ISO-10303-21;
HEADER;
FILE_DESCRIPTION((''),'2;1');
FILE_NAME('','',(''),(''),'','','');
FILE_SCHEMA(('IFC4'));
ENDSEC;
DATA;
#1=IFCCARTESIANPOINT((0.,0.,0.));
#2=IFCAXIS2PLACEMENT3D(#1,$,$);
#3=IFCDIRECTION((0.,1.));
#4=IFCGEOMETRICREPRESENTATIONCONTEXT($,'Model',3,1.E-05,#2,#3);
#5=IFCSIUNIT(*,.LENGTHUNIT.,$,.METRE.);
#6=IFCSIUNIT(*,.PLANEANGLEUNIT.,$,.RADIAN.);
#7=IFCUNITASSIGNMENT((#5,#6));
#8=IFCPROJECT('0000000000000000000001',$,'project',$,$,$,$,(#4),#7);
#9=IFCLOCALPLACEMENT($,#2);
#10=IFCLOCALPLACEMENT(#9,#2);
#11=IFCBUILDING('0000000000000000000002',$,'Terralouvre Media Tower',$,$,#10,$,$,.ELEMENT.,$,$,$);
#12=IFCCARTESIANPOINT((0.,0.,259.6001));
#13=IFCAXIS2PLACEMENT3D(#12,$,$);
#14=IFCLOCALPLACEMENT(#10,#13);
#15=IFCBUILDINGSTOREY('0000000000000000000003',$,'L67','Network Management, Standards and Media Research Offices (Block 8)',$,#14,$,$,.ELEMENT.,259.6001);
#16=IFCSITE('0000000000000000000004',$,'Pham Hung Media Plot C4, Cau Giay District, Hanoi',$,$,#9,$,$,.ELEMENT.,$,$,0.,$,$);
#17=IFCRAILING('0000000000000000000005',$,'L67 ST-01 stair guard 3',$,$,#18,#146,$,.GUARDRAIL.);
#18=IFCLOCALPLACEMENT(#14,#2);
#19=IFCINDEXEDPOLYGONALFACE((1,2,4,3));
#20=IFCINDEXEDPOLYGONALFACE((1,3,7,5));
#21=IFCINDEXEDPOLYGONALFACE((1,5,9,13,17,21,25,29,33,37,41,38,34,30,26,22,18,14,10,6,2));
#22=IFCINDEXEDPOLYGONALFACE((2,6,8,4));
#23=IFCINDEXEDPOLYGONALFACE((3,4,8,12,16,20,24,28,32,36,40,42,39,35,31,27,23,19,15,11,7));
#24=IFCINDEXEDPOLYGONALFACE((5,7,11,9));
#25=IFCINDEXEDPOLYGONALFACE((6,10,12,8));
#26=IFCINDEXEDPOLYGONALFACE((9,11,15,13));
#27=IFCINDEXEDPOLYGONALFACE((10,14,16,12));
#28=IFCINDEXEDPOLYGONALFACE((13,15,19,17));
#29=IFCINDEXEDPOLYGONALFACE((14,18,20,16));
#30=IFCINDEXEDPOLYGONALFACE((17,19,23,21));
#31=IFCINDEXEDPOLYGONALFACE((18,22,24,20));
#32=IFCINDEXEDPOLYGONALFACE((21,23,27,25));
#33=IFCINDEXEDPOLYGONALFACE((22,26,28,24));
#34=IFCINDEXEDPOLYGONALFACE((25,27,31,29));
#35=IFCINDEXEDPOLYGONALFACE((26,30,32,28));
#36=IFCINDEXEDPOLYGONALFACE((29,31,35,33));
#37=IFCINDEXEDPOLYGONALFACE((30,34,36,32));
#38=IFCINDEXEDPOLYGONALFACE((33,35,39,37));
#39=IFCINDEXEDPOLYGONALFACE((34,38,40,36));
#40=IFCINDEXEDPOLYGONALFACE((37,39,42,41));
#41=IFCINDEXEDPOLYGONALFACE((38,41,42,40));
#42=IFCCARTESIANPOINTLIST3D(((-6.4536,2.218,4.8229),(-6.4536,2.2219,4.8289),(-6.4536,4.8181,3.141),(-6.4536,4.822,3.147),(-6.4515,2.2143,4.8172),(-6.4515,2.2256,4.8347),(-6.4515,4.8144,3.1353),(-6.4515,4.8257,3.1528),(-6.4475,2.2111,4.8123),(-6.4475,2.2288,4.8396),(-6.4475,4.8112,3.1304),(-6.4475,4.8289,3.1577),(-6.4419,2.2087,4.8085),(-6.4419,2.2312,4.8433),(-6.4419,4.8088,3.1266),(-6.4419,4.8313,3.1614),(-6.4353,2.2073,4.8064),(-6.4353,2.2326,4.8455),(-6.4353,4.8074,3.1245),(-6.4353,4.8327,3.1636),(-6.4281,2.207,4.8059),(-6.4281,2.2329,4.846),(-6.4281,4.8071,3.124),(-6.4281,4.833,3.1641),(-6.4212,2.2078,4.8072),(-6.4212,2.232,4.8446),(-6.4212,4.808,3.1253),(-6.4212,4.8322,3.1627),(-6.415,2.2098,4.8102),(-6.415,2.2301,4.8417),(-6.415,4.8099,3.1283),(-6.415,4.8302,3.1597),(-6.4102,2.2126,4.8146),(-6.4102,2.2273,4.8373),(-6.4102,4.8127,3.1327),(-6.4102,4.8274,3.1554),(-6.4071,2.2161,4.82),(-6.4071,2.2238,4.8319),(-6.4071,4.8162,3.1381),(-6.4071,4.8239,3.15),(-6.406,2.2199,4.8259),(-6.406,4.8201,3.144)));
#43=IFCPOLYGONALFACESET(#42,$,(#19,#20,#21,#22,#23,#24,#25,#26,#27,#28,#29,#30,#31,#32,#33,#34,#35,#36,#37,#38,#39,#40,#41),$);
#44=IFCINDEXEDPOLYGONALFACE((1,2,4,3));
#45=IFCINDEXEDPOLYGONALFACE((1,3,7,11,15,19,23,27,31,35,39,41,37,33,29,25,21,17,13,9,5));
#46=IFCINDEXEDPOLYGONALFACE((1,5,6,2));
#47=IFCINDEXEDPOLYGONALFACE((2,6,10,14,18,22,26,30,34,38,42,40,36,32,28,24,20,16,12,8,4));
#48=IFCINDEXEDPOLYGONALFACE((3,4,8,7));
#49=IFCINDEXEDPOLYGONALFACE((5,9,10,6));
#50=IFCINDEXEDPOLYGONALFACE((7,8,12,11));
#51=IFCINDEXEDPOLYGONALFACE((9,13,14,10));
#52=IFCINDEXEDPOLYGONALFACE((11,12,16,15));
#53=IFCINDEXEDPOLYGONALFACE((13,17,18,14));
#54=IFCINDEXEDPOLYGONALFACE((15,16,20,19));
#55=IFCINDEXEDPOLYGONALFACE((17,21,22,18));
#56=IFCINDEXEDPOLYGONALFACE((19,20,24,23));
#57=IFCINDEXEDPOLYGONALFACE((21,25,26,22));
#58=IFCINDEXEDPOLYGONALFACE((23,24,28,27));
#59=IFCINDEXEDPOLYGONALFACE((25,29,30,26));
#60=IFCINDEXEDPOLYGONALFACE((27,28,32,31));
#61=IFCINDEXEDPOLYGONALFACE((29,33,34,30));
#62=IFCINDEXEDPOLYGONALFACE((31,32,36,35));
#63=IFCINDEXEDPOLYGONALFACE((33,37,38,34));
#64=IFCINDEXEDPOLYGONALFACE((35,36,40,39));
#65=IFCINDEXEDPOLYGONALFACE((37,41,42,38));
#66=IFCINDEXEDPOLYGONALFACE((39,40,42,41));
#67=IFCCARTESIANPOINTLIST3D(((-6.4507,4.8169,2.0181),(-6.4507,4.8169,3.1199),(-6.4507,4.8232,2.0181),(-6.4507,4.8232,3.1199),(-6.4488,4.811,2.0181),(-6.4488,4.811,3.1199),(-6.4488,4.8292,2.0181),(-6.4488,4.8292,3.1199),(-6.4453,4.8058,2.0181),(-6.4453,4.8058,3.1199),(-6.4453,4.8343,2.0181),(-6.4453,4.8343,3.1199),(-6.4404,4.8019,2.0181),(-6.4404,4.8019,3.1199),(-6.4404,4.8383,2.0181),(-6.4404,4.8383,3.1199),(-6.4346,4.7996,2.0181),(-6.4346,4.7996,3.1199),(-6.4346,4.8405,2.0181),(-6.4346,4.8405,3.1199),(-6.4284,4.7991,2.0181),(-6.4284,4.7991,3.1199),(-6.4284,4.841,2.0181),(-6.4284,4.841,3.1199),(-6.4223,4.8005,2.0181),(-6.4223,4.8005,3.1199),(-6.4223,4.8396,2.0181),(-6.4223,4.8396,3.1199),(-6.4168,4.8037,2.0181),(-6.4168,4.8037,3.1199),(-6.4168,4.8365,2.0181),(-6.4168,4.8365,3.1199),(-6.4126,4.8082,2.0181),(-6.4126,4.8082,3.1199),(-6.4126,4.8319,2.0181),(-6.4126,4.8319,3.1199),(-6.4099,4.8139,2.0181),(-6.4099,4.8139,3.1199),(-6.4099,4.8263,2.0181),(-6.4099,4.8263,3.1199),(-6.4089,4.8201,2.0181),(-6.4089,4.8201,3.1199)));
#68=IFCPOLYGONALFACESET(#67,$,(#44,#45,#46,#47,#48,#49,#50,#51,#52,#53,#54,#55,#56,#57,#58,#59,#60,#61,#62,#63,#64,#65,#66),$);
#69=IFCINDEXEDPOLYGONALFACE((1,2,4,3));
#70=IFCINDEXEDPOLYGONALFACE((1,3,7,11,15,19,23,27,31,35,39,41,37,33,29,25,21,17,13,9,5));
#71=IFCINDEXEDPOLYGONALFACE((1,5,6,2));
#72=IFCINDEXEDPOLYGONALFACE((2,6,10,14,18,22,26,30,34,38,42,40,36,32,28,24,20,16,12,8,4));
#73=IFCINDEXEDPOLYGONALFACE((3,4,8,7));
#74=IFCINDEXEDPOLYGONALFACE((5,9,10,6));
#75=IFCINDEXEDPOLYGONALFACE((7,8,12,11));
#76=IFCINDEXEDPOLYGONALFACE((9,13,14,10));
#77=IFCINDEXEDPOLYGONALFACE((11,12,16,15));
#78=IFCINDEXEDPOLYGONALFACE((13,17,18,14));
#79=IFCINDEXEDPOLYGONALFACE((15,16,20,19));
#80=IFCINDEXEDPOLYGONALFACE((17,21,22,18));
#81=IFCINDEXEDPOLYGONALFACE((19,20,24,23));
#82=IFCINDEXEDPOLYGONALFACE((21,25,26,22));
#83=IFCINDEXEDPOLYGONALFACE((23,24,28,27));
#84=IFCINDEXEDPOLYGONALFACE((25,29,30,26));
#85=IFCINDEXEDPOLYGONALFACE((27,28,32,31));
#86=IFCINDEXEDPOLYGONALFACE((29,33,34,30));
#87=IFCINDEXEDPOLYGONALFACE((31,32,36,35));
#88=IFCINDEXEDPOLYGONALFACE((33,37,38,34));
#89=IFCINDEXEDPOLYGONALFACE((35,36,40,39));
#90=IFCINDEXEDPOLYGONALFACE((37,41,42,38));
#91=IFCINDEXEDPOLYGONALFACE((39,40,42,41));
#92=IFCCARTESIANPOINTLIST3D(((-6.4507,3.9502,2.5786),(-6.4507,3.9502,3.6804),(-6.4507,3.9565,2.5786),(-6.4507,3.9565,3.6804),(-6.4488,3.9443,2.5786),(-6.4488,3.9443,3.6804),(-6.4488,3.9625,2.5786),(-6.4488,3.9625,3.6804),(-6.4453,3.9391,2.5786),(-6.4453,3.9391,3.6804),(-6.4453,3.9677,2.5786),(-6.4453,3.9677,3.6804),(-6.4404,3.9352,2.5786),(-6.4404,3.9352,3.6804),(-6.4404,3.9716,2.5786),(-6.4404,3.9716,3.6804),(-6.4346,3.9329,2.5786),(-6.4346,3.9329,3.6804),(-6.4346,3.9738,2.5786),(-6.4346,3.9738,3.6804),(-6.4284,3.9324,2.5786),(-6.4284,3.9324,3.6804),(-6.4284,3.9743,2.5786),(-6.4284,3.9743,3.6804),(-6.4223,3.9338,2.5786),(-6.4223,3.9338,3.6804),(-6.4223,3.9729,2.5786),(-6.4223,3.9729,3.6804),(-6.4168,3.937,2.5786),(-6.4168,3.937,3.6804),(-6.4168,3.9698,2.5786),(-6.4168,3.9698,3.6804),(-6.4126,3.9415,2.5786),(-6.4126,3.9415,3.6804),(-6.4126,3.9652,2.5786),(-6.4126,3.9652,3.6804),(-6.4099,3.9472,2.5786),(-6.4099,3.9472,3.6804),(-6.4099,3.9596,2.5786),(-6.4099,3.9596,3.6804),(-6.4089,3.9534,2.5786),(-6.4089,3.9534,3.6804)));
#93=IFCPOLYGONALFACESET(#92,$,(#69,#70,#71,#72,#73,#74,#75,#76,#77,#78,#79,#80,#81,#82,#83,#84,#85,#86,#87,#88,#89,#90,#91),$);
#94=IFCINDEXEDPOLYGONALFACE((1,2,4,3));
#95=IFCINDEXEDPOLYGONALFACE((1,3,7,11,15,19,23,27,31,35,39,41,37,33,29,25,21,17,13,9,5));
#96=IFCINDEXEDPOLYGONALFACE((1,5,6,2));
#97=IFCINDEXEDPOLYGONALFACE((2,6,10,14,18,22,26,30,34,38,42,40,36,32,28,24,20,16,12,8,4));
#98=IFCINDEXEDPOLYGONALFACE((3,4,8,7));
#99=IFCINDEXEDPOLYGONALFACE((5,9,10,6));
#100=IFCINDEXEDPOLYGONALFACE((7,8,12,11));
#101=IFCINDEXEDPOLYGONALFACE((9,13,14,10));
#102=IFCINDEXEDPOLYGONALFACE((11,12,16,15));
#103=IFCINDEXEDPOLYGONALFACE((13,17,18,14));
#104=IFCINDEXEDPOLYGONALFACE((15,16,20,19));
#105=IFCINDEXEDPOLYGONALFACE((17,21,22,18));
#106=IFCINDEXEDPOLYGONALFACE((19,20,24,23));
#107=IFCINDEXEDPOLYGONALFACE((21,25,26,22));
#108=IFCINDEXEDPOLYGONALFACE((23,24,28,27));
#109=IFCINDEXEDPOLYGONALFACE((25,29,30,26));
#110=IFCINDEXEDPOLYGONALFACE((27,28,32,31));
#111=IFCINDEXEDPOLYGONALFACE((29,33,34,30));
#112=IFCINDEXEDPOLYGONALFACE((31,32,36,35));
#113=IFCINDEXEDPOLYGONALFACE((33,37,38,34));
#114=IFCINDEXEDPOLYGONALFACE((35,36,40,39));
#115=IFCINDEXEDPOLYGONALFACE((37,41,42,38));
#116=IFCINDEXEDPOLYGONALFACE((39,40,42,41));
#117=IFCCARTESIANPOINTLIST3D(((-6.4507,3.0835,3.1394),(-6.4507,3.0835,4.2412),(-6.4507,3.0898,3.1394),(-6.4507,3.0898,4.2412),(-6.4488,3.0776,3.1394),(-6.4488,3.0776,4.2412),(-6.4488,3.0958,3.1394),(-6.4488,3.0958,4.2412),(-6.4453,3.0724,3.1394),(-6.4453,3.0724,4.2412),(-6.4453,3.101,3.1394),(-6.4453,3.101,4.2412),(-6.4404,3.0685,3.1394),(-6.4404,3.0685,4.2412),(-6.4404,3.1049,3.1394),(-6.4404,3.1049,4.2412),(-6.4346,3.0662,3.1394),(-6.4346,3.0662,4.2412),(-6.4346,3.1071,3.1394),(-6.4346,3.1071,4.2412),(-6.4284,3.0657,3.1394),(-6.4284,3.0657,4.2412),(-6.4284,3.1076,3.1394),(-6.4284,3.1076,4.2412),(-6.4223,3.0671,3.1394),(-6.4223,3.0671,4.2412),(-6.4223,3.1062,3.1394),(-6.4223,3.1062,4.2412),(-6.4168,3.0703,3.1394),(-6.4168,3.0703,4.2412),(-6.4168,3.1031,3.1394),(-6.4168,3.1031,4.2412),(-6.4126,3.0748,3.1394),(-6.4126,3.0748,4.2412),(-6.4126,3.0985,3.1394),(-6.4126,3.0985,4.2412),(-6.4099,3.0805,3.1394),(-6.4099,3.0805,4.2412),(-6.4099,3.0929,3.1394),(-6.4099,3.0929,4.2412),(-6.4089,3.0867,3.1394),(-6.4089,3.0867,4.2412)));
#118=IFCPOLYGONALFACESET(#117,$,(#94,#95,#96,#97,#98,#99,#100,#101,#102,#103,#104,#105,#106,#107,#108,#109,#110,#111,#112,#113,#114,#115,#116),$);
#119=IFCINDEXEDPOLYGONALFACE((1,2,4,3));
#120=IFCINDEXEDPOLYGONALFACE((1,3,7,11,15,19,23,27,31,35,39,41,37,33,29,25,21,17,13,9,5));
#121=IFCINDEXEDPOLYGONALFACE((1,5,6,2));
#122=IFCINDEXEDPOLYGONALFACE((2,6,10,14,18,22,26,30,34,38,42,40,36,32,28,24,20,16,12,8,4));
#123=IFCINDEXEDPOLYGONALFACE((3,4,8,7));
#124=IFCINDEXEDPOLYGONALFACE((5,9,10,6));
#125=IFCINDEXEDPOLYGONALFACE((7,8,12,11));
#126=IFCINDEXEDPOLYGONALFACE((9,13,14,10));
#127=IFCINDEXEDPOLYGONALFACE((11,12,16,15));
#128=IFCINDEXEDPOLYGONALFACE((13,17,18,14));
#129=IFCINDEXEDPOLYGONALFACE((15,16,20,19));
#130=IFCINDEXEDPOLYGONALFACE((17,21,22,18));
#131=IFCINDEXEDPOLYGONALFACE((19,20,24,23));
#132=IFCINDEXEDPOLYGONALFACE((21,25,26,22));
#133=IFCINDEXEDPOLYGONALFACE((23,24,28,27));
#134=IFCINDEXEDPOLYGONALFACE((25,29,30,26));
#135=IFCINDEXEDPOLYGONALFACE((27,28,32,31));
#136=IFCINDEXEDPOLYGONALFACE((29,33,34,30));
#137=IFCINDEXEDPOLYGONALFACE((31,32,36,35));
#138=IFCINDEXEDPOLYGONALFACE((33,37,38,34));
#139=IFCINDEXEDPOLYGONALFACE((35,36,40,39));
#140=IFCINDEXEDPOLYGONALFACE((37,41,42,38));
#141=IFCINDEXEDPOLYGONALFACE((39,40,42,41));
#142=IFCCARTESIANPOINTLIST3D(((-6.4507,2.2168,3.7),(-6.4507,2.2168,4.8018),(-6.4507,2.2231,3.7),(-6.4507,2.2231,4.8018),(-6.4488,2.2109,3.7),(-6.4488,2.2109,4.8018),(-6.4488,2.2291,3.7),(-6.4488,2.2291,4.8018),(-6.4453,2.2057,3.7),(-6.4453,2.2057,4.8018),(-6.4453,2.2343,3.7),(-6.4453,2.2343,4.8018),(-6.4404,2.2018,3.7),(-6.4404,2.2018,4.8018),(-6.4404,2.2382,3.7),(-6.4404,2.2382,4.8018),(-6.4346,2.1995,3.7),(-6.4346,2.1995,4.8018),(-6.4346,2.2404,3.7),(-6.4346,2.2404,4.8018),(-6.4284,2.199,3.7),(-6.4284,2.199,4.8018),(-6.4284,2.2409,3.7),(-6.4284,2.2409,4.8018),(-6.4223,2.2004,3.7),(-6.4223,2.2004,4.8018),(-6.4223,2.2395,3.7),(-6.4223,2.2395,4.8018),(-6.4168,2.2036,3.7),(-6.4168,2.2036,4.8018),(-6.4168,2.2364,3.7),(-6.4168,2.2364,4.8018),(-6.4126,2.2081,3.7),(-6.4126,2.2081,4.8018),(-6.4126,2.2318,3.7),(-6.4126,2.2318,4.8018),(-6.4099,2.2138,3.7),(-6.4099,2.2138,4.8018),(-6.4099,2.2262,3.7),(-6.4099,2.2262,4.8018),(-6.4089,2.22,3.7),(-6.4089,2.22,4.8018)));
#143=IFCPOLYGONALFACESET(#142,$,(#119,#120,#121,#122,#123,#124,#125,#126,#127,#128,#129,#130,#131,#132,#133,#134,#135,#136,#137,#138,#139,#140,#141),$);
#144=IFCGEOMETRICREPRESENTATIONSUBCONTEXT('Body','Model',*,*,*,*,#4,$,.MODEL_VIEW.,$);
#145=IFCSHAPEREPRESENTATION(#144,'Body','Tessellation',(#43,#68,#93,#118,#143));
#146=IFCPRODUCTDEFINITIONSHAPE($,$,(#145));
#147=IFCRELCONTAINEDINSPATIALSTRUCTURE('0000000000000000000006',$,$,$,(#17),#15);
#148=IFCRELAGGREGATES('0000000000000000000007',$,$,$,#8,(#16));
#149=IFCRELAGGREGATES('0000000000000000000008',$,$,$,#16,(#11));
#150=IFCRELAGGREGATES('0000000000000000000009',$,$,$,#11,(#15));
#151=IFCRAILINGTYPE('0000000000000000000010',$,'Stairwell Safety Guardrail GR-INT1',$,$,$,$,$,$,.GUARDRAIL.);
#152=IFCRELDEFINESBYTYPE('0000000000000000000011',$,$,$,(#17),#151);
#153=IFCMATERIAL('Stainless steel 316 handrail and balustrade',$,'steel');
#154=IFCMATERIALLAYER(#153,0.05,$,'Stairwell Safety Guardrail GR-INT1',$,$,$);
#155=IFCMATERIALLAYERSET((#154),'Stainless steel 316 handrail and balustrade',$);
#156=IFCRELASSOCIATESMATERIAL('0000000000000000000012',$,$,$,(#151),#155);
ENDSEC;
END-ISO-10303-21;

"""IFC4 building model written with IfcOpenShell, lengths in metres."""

from ifc_helpers import new_model, si_unit, direction, frame, origin, origin_2d, place, context, subcontext, project, spatial, circle, extrude, material, layer, layer_set, type_object, element, save


model = new_model("IFC4")

# Units and contexts
model_context = context("Model", 3, precision=1e-05, world=origin(), true_north=direction((0.0, 1.0)))
body_context = subcontext(model_context, "Body", "Model", "MODEL_VIEW")
ifc_project = project(units=[si_unit("LENGTHUNIT", "METRE"), si_unit("PLANEANGLEUNIT", "RADIAN")], contexts=[model_context])

# Site, building, storey
site_placement = place(None, origin())
site = spatial("IfcSite", under=ifc_project, at=site_placement, Name="Pham Hung Media Plot C4, Cau Giay District, Hanoi", CompositionType="ELEMENT", RefElevation=0.0)
building_placement = place(site_placement, origin())
building = spatial("IfcBuilding", under=site, at=building_placement, Name="Terralouvre Media Tower", CompositionType="ELEMENT")
storey_placement = place(building_placement, frame((0.0, 0.0, 259.6001)))
storey = spatial("IfcBuildingStorey", under=building, at=storey_placement, Name="L67", Description="Network Management, Standards and Media Research Offices (Block 8)", CompositionType="ELEMENT", Elevation=259.6001)

# Railing
ifc_material_1 = material(Name="Stainless steel 316 handrail and balustrade", Category="steel")
ifc_layer_1 = layer(ifc_material_1, 0.05, Name="Stairwell Safety Guardrail GR-INT1")
ifc_layer_set_1 = layer_set([ifc_layer_1], Name="Stainless steel 316 handrail and balustrade")
railing_type_1 = type_object("IfcRailingType", Name="Stairwell Safety Guardrail GR-INT1", PredefinedType="GUARDRAIL", material=ifc_layer_set_1)
railing_1_placement = place(storey_placement, frame((-6.4299, 4.8201, 2.0181)))
element("IfcRailing", 1, at=railing_1_placement, inside=storey, type_object=railing_type_1, Name="L67 ST-01 stair guard 3", PredefinedType="GUARDRAIL", context=body_context, shape_type="SweptSolid", body=[
    extrude(circle(Radius=0.0239, at=origin_2d()), frame((0.0, 0.0, 1.126), z_axis=(0.0, -0.839648, 0.54313), x_axis=(1.0, 0.0, 0.0)), (0.0, 0.0, 1.0), 3.0967),
    extrude(circle(Radius=0.021, at=origin_2d()), origin(), (0.0, 0.0, 1.0), 1.1018),
    extrude(circle(Radius=0.021, at=origin_2d()), frame((0.0, -0.8667, 0.5605)), (0.0, 0.0, 1.0), 1.1018),
    extrude(circle(Radius=0.021, at=origin_2d()), frame((0.0, -1.7334, 1.1213)), (0.0, 0.0, 1.0), 1.1018),
    extrude(circle(Radius=0.021, at=origin_2d()), frame((0.0, -2.6001, 1.6819)), (0.0, 0.0, 1.0), 1.1018),
])

save(model, "model.ifc")
